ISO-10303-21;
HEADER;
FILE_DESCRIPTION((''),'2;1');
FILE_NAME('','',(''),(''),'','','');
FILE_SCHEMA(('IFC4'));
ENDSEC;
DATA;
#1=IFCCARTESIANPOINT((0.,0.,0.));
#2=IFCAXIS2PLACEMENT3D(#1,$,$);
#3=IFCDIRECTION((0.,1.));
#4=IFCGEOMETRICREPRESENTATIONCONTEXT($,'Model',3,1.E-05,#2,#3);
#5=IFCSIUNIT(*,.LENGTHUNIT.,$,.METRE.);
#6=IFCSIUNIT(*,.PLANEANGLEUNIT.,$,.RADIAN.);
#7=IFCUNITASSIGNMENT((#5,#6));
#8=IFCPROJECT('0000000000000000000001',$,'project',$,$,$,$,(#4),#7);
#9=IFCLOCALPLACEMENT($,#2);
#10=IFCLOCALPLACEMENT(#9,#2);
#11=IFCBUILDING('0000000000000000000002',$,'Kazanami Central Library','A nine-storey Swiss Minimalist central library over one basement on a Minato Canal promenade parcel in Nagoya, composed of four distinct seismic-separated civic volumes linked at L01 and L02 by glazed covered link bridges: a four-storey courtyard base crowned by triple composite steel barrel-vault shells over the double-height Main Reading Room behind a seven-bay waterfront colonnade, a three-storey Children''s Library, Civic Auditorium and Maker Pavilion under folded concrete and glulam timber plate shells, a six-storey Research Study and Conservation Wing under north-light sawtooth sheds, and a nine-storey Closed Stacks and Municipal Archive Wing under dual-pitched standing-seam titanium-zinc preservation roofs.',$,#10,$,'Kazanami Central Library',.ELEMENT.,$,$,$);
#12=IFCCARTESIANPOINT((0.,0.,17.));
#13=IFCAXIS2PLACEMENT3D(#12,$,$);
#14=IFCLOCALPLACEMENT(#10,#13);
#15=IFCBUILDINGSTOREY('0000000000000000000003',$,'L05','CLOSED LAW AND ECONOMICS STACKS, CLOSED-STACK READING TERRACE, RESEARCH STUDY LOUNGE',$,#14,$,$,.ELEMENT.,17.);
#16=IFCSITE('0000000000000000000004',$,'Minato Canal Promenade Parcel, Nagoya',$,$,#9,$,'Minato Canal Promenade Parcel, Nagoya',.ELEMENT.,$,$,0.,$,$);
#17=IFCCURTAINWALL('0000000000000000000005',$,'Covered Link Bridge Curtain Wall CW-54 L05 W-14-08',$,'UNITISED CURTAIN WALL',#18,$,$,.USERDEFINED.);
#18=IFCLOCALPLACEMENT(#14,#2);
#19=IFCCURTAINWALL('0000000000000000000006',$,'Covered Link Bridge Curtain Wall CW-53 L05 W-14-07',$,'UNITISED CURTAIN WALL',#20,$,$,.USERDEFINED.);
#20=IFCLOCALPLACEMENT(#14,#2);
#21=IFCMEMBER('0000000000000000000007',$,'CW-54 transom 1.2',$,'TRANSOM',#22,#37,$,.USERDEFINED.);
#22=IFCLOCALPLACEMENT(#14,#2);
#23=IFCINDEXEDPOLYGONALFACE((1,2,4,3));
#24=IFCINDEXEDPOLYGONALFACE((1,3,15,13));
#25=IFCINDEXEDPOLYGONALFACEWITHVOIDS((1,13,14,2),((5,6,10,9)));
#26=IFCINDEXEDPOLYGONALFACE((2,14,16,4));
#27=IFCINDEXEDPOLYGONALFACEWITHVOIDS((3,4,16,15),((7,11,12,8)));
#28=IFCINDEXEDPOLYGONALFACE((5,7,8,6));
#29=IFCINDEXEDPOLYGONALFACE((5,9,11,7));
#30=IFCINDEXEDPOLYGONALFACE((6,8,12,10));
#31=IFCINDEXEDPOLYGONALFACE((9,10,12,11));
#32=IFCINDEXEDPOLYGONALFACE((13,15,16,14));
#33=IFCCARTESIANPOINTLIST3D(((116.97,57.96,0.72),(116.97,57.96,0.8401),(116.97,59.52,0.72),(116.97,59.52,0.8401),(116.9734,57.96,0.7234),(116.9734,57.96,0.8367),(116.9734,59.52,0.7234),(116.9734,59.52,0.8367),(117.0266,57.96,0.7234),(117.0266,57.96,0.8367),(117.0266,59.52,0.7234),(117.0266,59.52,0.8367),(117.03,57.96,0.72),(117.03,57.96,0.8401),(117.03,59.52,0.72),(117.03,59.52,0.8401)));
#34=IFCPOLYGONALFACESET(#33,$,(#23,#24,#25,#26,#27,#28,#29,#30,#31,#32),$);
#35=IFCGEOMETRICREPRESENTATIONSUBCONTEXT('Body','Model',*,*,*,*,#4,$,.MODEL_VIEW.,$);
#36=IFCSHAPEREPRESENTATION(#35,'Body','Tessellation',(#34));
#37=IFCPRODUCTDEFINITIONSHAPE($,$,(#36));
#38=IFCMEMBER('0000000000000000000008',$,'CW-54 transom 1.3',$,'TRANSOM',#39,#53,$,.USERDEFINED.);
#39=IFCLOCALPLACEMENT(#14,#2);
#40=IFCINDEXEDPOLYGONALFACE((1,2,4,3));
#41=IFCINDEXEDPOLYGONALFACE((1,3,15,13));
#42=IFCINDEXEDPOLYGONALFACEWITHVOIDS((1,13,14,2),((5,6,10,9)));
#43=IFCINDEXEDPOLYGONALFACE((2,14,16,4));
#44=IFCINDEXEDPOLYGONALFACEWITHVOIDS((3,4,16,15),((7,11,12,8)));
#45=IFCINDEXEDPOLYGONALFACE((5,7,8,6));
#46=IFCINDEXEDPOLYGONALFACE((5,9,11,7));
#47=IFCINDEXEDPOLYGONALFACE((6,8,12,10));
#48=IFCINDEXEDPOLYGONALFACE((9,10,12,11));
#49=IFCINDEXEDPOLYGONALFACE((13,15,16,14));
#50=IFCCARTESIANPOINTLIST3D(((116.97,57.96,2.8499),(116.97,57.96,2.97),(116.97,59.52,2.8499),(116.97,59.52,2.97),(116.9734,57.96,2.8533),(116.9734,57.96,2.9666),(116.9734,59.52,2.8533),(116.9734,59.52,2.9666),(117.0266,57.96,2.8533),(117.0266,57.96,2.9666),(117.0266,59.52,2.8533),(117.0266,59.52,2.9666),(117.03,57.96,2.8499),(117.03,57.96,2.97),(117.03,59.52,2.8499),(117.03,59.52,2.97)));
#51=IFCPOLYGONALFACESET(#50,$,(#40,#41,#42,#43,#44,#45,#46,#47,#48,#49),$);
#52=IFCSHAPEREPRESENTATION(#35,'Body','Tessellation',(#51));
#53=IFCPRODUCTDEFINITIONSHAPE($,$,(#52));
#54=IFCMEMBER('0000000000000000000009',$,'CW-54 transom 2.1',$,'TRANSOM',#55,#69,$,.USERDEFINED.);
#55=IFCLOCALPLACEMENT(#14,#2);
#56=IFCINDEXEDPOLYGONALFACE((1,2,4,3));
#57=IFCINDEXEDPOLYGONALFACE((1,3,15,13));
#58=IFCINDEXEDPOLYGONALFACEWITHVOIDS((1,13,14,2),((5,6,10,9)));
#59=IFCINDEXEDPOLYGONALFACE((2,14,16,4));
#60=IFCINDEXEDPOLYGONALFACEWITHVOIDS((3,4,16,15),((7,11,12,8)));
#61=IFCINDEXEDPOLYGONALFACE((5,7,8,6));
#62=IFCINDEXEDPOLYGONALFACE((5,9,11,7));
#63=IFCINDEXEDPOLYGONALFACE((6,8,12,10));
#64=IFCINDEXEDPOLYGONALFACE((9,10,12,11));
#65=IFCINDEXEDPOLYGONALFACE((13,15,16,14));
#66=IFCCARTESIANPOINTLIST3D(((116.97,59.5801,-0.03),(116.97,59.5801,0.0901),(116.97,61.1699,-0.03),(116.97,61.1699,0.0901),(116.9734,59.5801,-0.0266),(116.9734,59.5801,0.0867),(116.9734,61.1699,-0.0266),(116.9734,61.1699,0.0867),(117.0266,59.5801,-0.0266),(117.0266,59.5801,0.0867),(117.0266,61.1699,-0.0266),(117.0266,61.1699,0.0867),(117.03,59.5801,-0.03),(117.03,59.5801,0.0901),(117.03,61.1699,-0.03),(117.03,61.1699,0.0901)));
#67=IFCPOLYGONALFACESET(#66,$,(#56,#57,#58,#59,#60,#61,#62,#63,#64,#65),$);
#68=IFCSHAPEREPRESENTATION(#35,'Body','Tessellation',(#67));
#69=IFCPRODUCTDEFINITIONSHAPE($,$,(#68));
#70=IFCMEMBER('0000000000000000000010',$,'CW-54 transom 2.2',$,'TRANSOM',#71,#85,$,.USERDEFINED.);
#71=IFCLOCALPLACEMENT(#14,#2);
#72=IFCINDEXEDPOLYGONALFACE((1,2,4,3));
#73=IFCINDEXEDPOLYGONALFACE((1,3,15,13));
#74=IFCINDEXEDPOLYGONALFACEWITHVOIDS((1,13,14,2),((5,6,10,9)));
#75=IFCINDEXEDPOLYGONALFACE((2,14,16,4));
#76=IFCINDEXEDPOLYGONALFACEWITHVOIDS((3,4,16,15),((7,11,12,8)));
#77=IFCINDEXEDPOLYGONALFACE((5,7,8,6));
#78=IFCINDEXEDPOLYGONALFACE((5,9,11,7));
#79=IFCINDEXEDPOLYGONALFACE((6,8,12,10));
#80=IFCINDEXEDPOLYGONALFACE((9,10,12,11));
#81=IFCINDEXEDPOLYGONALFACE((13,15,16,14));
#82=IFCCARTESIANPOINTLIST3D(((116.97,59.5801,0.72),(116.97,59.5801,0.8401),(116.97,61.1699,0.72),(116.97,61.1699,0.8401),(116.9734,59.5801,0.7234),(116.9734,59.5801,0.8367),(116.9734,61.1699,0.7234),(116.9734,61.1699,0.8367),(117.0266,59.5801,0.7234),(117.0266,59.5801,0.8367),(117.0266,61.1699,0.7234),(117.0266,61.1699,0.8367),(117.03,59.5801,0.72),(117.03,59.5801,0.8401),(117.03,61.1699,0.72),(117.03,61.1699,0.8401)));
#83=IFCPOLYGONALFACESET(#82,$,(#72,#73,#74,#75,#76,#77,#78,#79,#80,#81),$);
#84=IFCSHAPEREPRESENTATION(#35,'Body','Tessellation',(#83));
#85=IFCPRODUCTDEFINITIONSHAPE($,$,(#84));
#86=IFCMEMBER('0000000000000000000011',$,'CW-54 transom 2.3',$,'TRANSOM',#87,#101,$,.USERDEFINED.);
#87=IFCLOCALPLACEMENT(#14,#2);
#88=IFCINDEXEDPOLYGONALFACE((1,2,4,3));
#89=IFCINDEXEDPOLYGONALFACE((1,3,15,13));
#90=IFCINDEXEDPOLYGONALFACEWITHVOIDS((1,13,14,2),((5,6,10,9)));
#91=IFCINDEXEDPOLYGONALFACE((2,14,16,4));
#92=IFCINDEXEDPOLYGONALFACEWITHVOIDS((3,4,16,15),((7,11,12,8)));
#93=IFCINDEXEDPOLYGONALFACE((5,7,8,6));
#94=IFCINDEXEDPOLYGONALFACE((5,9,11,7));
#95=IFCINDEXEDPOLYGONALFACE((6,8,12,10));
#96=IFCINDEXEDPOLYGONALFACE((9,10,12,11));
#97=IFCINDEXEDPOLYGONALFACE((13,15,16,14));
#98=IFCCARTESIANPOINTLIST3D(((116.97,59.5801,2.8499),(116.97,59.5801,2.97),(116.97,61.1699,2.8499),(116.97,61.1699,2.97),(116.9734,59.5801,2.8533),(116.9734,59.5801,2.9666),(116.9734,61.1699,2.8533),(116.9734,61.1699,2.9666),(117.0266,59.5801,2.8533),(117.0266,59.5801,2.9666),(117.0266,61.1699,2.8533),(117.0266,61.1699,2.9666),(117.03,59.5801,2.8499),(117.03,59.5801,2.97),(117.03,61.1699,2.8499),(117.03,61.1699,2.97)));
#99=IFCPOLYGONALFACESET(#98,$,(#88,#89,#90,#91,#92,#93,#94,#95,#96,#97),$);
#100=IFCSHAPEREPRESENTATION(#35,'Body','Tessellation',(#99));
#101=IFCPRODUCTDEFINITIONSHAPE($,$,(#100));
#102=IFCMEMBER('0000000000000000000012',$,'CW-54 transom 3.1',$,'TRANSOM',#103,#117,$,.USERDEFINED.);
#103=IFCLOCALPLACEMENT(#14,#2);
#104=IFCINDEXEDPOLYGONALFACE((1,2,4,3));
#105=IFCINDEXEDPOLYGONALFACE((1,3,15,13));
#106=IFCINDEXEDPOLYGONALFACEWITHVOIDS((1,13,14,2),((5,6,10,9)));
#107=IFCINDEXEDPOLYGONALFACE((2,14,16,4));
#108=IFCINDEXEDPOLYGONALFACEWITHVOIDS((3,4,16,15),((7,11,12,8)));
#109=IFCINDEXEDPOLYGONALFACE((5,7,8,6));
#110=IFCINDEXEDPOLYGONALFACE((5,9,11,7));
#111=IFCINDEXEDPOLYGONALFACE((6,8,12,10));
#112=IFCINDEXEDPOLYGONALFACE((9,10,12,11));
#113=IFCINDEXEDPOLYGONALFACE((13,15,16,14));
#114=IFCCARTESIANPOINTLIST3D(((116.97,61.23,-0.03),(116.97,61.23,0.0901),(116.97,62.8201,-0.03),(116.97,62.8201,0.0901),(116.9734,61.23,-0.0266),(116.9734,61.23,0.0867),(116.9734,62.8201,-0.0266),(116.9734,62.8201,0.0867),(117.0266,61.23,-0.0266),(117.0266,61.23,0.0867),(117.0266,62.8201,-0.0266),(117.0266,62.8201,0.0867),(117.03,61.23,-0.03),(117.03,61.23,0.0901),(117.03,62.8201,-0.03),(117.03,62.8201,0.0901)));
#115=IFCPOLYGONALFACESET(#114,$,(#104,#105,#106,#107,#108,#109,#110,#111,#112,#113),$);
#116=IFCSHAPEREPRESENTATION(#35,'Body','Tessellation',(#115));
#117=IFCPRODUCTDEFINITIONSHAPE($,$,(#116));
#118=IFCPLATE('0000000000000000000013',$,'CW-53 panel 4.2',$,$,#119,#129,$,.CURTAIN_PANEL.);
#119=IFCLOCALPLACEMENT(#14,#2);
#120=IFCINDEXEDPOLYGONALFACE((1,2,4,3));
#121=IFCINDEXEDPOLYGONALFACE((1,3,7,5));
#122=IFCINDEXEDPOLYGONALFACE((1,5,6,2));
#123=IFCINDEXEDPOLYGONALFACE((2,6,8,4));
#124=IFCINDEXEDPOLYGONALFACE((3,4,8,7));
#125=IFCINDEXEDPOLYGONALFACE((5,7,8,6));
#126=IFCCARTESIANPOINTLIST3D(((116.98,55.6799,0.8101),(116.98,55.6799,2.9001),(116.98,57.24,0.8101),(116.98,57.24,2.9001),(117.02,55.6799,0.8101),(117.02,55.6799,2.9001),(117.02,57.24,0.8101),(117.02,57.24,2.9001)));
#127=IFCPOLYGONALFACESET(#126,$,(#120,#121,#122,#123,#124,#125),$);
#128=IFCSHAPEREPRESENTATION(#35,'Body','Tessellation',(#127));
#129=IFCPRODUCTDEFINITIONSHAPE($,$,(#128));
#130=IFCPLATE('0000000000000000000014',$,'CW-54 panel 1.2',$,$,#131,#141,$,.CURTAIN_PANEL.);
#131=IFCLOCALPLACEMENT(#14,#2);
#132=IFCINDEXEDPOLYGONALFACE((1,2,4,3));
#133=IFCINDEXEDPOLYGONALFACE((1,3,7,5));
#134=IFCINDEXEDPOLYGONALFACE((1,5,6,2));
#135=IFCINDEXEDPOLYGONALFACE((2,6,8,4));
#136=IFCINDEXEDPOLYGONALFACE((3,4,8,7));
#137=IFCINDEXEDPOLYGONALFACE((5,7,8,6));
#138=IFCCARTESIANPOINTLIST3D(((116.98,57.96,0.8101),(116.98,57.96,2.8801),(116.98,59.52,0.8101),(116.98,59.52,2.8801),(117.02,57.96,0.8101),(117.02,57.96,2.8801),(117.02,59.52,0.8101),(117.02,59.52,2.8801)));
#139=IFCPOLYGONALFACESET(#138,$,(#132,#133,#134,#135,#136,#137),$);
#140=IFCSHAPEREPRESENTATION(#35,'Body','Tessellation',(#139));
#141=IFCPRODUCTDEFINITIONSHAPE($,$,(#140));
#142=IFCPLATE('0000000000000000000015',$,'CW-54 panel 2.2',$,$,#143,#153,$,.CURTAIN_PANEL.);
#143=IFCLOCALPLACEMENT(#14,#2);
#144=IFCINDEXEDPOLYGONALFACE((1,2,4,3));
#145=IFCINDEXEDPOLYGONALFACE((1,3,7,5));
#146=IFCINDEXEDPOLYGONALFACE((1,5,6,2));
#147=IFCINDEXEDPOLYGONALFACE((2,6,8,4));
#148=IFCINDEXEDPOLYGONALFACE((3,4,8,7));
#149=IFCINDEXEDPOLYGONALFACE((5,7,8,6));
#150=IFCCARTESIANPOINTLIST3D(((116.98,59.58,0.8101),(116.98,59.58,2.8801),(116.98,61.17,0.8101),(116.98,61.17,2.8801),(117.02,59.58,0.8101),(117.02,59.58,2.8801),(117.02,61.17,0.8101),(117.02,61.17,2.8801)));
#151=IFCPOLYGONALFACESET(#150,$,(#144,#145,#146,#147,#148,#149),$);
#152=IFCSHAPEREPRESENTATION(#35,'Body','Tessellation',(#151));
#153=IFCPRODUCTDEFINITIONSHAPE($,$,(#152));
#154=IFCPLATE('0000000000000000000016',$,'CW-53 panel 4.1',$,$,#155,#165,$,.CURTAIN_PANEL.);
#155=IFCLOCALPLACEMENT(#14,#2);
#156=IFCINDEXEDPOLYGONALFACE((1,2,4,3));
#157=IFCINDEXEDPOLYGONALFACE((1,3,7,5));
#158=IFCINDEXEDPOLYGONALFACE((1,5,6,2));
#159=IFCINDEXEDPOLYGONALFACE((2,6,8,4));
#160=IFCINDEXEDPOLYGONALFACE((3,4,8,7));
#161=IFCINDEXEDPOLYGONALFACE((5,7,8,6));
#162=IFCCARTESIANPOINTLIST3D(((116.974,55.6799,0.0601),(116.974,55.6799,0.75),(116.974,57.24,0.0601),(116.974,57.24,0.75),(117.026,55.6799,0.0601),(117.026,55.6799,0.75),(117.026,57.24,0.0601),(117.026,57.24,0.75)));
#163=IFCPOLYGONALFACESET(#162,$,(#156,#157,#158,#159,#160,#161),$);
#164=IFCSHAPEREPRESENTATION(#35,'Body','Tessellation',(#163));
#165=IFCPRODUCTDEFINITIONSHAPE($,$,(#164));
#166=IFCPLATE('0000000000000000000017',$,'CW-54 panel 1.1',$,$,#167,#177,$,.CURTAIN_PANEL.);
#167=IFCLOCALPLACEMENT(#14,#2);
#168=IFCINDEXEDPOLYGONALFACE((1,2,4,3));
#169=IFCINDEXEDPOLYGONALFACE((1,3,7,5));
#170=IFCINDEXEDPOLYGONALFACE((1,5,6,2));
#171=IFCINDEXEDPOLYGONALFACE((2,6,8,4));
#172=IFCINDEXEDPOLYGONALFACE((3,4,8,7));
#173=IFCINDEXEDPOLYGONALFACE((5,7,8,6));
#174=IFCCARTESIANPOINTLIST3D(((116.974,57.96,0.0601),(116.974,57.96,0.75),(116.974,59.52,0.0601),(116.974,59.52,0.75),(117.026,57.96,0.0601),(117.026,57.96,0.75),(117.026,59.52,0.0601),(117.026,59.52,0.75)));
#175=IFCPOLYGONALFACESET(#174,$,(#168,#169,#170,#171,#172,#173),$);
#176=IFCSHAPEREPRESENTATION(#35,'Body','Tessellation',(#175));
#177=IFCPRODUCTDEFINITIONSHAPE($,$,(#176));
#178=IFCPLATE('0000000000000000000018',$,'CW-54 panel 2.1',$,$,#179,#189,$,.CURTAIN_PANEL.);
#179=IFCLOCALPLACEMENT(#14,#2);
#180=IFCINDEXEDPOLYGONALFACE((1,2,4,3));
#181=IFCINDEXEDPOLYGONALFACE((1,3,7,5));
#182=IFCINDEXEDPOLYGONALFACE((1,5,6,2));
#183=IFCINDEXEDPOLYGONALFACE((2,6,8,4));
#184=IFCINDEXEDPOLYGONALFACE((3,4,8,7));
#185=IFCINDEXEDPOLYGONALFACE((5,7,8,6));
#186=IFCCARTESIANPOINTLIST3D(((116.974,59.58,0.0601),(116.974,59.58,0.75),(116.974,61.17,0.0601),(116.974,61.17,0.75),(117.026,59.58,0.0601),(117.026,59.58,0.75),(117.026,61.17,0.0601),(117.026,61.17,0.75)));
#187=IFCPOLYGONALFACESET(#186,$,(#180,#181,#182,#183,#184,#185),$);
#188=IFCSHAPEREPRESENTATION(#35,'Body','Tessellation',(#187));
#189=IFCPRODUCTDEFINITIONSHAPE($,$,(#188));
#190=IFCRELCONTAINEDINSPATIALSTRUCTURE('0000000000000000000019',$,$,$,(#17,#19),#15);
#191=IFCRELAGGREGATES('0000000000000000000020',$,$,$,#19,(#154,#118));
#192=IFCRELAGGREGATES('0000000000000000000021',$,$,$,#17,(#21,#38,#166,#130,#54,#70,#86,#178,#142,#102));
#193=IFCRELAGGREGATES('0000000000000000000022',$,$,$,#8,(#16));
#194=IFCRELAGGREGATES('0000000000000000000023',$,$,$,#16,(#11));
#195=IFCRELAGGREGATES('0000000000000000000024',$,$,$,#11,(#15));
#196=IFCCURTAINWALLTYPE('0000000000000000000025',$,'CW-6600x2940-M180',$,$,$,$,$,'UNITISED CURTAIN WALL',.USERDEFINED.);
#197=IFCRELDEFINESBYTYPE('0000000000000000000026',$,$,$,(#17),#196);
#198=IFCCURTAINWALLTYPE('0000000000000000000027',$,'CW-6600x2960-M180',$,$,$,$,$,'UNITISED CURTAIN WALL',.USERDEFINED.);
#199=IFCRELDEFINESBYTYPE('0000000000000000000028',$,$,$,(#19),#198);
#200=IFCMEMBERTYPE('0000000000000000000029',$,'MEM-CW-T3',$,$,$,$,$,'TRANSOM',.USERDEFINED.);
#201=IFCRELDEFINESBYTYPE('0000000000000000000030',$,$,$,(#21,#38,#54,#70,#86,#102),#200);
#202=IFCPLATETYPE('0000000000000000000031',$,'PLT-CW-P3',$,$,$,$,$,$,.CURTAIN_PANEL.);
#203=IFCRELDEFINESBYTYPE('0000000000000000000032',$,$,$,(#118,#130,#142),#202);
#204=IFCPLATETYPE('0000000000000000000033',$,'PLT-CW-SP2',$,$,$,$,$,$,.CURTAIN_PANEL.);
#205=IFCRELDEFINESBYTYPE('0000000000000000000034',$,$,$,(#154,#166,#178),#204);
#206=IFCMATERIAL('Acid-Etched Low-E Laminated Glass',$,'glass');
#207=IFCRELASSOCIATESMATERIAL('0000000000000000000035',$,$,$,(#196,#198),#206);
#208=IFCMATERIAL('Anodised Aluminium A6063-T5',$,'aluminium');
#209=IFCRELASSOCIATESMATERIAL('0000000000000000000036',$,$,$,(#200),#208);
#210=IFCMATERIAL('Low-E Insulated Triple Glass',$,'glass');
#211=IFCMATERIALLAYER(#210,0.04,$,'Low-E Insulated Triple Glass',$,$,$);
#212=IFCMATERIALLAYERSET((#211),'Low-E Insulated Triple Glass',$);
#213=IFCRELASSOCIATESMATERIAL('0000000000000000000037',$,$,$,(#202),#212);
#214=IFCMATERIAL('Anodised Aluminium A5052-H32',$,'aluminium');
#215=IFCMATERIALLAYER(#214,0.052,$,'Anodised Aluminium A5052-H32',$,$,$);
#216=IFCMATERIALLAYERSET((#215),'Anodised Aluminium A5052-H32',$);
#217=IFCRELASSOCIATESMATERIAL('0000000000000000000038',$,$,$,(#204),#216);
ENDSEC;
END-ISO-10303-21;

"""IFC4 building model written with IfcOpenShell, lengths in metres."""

from ifc_helpers import new_model, si_unit, direction, frame, origin, origin_2d, place, context, subcontext, project, spatial, rectangle, hollow_rectangle, extrude, material, layer, layer_set, material_profile, profile_set, type_object, element, aggregate, save


model = new_model("IFC4")

# Units and contexts
model_context = context("Model", 3, precision=1e-05, world=origin(), true_north=direction((0.0, 1.0)))
body_context = subcontext(model_context, "Body", "Model", "MODEL_VIEW")
ifc_project = project(units=[si_unit("LENGTHUNIT", "METRE"), si_unit("PLANEANGLEUNIT", "RADIAN")], contexts=[model_context])

# Site, building, storey
site_placement = place(None, origin())
site = spatial("IfcSite", under=ifc_project, at=site_placement, Name="Minato Canal Promenade Parcel, Nagoya", LongName="Minato Canal Promenade Parcel, Nagoya", CompositionType="ELEMENT", RefElevation=0.0)
building_placement = place(site_placement, origin())
building = spatial("IfcBuilding", under=site, at=building_placement, Name="Kazanami Central Library", Description="A nine-storey Swiss Minimalist central library over one basement on a Minato Canal promenade parcel in Nagoya, composed of four distinct seismic-separated civic volumes linked at L01 and L02 by glazed covered link bridges: a four-storey courtyard base crowned by triple composite steel barrel-vault shells over the double-height Main Reading Room behind a seven-bay waterfront colonnade, a three-storey Children's Library, Civic Auditorium and Maker Pavilion under folded concrete and glulam timber plate shells, a six-storey Research Study and Conservation Wing under north-light sawtooth sheds, and a nine-storey Closed Stacks and Municipal Archive Wing under dual-pitched standing-seam titanium-zinc preservation roofs.", LongName="Kazanami Central Library", CompositionType="ELEMENT")
storey_placement = place(building_placement, frame((0.0, 0.0, 17.0)))
storey = spatial("IfcBuildingStorey", under=building, at=storey_placement, Name="L05", Description="CLOSED LAW AND ECONOMICS STACKS, CLOSED-STACK READING TERRACE, RESEARCH STUDY LOUNGE", CompositionType="ELEMENT", Elevation=17.0)

# Curtain wall
ifc_material_1 = material(Name="Acid-Etched Low-E Laminated Glass", Category="glass")
curtain_wall_type_1 = type_object("IfcCurtainWallType", Name="CW-6600x2940-M180", ElementType="UNITISED CURTAIN WALL", PredefinedType="USERDEFINED", material=ifc_material_1)
curtain_wall_1_placement = place(storey_placement, origin())
curtain_wall_1 = element("IfcCurtainWall", 1, at=curtain_wall_1_placement, inside=storey, type_object=curtain_wall_type_1, Name="Covered Link Bridge Curtain Wall CW-54 L05 W-14-08", ObjectType="UNITISED CURTAIN WALL", PredefinedType="USERDEFINED")
ifc_material_2 = material(Name="Anodised Aluminium A6063-T5", Category="aluminium")

# Curtain wall
curtain_wall_type_2 = type_object("IfcCurtainWallType", Name="CW-6600x2960-M180", ElementType="UNITISED CURTAIN WALL", PredefinedType="USERDEFINED", material=ifc_material_1)
curtain_wall_2_placement = place(storey_placement, origin())
curtain_wall_2 = element("IfcCurtainWall", 2, at=curtain_wall_2_placement, inside=storey, type_object=curtain_wall_type_2, Name="Covered Link Bridge Curtain Wall CW-53 L05 W-14-07", ObjectType="UNITISED CURTAIN WALL", PredefinedType="USERDEFINED")
ifc_material_profile_1 = material_profile(ifc_material_2, hollow_rectangle(XDim=0.0601, YDim=0.1201, WallThickness=0.0034, at=origin_2d()), Name="ALU-TRAN-60x120x3.5")
ifc_profile_set_1 = profile_set([ifc_material_profile_1], Name="Anodised Aluminium A6063-T5")
member_type_1 = type_object("IfcMemberType", Name="MEM-CW-T3", ElementType="TRANSOM", PredefinedType="USERDEFINED", material=ifc_profile_set_1)

# Members
member_1_placement = place(storey_placement, frame((117.0, 57.96, 0.78), z_axis=(0.0, 1.0, 0.0), x_axis=(-1.0, 0.0, 0.0)))
member_1 = element("IfcMember", 3, at=member_1_placement, type_object=member_type_1, Name="CW-54 transom 1.2", ObjectType="TRANSOM", PredefinedType="USERDEFINED", context=body_context, shape_type="SweptSolid", body=[
    extrude(hollow_rectangle(XDim=0.0601, YDim=0.1201, WallThickness=0.0034, at=origin_2d()), origin(), (0.0, 0.0, 1.0), 1.5601),
])
member_2_placement = place(storey_placement, frame((117.0, 57.96, 2.9099), z_axis=(0.0, 1.0, 0.0), x_axis=(-1.0, 0.0, 0.0)))
member_2 = element("IfcMember", 4, at=member_2_placement, type_object=member_type_1, Name="CW-54 transom 1.3", ObjectType="TRANSOM", PredefinedType="USERDEFINED", context=body_context, shape_type="SweptSolid", body=[
    extrude(hollow_rectangle(XDim=0.0601, YDim=0.1201, WallThickness=0.0034, at=origin_2d()), origin(), (0.0, 0.0, 1.0), 1.5601),
])
member_3_placement = place(storey_placement, frame((117.0, 59.5801, 0.03), z_axis=(0.0, 1.0, 0.0), x_axis=(-1.0, 0.0, 0.0)))
member_3 = element("IfcMember", 5, at=member_3_placement, type_object=member_type_1, Name="CW-54 transom 2.1", ObjectType="TRANSOM", PredefinedType="USERDEFINED", context=body_context, shape_type="SweptSolid", body=[
    extrude(hollow_rectangle(XDim=0.0601, YDim=0.1201, WallThickness=0.0034, at=origin_2d()), origin(), (0.0, 0.0, 1.0), 1.5898),
])
member_4_placement = place(storey_placement, frame((117.0, 59.5801, 0.78), z_axis=(0.0, 1.0, 0.0), x_axis=(-1.0, 0.0, 0.0)))
member_4 = element("IfcMember", 6, at=member_4_placement, type_object=member_type_1, Name="CW-54 transom 2.2", ObjectType="TRANSOM", PredefinedType="USERDEFINED", context=body_context, shape_type="SweptSolid", body=[
    extrude(hollow_rectangle(XDim=0.0601, YDim=0.1201, WallThickness=0.0034, at=origin_2d()), origin(), (0.0, 0.0, 1.0), 1.5898),
])
member_5_placement = place(storey_placement, frame((117.0, 59.5801, 2.9099), z_axis=(0.0, 1.0, 0.0), x_axis=(-1.0, 0.0, 0.0)))
member_5 = element("IfcMember", 7, at=member_5_placement, type_object=member_type_1, Name="CW-54 transom 2.3", ObjectType="TRANSOM", PredefinedType="USERDEFINED", context=body_context, shape_type="SweptSolid", body=[
    extrude(hollow_rectangle(XDim=0.0601, YDim=0.1201, WallThickness=0.0034, at=origin_2d()), origin(), (0.0, 0.0, 1.0), 1.5898),
])
member_6_placement = place(storey_placement, frame((117.0, 61.23, 0.03), z_axis=(0.0, 1.0, 0.0), x_axis=(-1.0, 0.0, 0.0)))
member_6 = element("IfcMember", 8, at=member_6_placement, type_object=member_type_1, Name="CW-54 transom 3.1", ObjectType="TRANSOM", PredefinedType="USERDEFINED", context=body_context, shape_type="SweptSolid", body=[
    extrude(hollow_rectangle(XDim=0.0601, YDim=0.1201, WallThickness=0.0034, at=origin_2d()), origin(), (0.0, 0.0, 1.0), 1.5901),
])

# Plates
ifc_material_3 = material(Name="Low-E Insulated Triple Glass", Category="glass")
ifc_layer_1 = layer(ifc_material_3, 0.04, Name="Low-E Insulated Triple Glass")
ifc_layer_set_1 = layer_set([ifc_layer_1], Name="Low-E Insulated Triple Glass")
plate_type_1 = type_object("IfcPlateType", Name="PLT-CW-P3", PredefinedType="CURTAIN_PANEL", material=ifc_layer_set_1)
plate_1_placement = place(storey_placement, frame((117.0, 56.46, 0.8101), z_axis=(0.0, 0.0, 1.0), x_axis=(0.0, 1.0, 0.0)))
plate_1 = element("IfcPlate", 9, at=plate_1_placement, type_object=plate_type_1, Name="CW-53 panel 4.2", PredefinedType="CURTAIN_PANEL", context=body_context, shape_type="SweptSolid", body=[
    extrude(rectangle(XDim=1.5601, YDim=0.04, at=origin_2d()), origin(), (0.0, 0.0, 1.0), 2.0901),
])
plate_2_placement = place(storey_placement, frame((117.0, 58.74, 0.8101), z_axis=(0.0, 0.0, 1.0), x_axis=(0.0, 1.0, 0.0)))
plate_2 = element("IfcPlate", 10, at=plate_2_placement, type_object=plate_type_1, Name="CW-54 panel 1.2", PredefinedType="CURTAIN_PANEL", context=body_context, shape_type="SweptSolid", body=[
    extrude(rectangle(XDim=1.5601, YDim=0.04, at=origin_2d()), origin(), (0.0, 0.0, 1.0), 2.0701),
])
plate_3_placement = place(storey_placement, frame((117.0, 60.375, 0.8101), z_axis=(0.0, 0.0, 1.0), x_axis=(0.0, 1.0, 0.0)))
plate_3 = element("IfcPlate", 11, at=plate_3_placement, type_object=plate_type_1, Name="CW-54 panel 2.2", PredefinedType="CURTAIN_PANEL", context=body_context, shape_type="SweptSolid", body=[
    extrude(rectangle(XDim=1.5901, YDim=0.04, at=origin_2d()), origin(), (0.0, 0.0, 1.0), 2.0701),
])
ifc_material_4 = material(Name="Anodised Aluminium A5052-H32", Category="aluminium")
ifc_layer_2 = layer(ifc_material_4, 0.052, Name="Anodised Aluminium A5052-H32")
ifc_layer_set_2 = layer_set([ifc_layer_2], Name="Anodised Aluminium A5052-H32")
plate_type_2 = type_object("IfcPlateType", Name="PLT-CW-SP2", PredefinedType="CURTAIN_PANEL", material=ifc_layer_set_2)
plate_4_placement = place(storey_placement, frame((117.0, 56.46, 0.0601), z_axis=(0.0, 0.0, 1.0), x_axis=(0.0, 1.0, 0.0)))
plate_4 = element("IfcPlate", 12, at=plate_4_placement, type_object=plate_type_2, Name="CW-53 panel 4.1", PredefinedType="CURTAIN_PANEL", context=body_context, shape_type="SweptSolid", body=[
    extrude(rectangle(XDim=1.5601, YDim=0.052, at=origin_2d()), origin(), (0.0, 0.0, 1.0), 0.6899),
])
aggregate(curtain_wall_2, [plate_4, plate_1])
plate_5_placement = place(storey_placement, frame((117.0, 58.74, 0.0601), z_axis=(0.0, 0.0, 1.0), x_axis=(0.0, 1.0, 0.0)))
plate_5 = element("IfcPlate", 13, at=plate_5_placement, type_object=plate_type_2, Name="CW-54 panel 1.1", PredefinedType="CURTAIN_PANEL", context=body_context, shape_type="SweptSolid", body=[
    extrude(rectangle(XDim=1.5601, YDim=0.052, at=origin_2d()), origin(), (0.0, 0.0, 1.0), 0.6899),
])
plate_6_placement = place(storey_placement, frame((117.0, 60.375, 0.0601), z_axis=(0.0, 0.0, 1.0), x_axis=(0.0, 1.0, 0.0)))
plate_6 = element("IfcPlate", 14, at=plate_6_placement, type_object=plate_type_2, Name="CW-54 panel 2.1", PredefinedType="CURTAIN_PANEL", context=body_context, shape_type="SweptSolid", body=[
    extrude(rectangle(XDim=1.5901, YDim=0.052, at=origin_2d()), origin(), (0.0, 0.0, 1.0), 0.6899),
])
aggregate(curtain_wall_1, [member_1, member_2, plate_5, plate_2, member_3, member_4, member_5, plate_6, plate_3, member_6])

save(model, "model.ifc")
